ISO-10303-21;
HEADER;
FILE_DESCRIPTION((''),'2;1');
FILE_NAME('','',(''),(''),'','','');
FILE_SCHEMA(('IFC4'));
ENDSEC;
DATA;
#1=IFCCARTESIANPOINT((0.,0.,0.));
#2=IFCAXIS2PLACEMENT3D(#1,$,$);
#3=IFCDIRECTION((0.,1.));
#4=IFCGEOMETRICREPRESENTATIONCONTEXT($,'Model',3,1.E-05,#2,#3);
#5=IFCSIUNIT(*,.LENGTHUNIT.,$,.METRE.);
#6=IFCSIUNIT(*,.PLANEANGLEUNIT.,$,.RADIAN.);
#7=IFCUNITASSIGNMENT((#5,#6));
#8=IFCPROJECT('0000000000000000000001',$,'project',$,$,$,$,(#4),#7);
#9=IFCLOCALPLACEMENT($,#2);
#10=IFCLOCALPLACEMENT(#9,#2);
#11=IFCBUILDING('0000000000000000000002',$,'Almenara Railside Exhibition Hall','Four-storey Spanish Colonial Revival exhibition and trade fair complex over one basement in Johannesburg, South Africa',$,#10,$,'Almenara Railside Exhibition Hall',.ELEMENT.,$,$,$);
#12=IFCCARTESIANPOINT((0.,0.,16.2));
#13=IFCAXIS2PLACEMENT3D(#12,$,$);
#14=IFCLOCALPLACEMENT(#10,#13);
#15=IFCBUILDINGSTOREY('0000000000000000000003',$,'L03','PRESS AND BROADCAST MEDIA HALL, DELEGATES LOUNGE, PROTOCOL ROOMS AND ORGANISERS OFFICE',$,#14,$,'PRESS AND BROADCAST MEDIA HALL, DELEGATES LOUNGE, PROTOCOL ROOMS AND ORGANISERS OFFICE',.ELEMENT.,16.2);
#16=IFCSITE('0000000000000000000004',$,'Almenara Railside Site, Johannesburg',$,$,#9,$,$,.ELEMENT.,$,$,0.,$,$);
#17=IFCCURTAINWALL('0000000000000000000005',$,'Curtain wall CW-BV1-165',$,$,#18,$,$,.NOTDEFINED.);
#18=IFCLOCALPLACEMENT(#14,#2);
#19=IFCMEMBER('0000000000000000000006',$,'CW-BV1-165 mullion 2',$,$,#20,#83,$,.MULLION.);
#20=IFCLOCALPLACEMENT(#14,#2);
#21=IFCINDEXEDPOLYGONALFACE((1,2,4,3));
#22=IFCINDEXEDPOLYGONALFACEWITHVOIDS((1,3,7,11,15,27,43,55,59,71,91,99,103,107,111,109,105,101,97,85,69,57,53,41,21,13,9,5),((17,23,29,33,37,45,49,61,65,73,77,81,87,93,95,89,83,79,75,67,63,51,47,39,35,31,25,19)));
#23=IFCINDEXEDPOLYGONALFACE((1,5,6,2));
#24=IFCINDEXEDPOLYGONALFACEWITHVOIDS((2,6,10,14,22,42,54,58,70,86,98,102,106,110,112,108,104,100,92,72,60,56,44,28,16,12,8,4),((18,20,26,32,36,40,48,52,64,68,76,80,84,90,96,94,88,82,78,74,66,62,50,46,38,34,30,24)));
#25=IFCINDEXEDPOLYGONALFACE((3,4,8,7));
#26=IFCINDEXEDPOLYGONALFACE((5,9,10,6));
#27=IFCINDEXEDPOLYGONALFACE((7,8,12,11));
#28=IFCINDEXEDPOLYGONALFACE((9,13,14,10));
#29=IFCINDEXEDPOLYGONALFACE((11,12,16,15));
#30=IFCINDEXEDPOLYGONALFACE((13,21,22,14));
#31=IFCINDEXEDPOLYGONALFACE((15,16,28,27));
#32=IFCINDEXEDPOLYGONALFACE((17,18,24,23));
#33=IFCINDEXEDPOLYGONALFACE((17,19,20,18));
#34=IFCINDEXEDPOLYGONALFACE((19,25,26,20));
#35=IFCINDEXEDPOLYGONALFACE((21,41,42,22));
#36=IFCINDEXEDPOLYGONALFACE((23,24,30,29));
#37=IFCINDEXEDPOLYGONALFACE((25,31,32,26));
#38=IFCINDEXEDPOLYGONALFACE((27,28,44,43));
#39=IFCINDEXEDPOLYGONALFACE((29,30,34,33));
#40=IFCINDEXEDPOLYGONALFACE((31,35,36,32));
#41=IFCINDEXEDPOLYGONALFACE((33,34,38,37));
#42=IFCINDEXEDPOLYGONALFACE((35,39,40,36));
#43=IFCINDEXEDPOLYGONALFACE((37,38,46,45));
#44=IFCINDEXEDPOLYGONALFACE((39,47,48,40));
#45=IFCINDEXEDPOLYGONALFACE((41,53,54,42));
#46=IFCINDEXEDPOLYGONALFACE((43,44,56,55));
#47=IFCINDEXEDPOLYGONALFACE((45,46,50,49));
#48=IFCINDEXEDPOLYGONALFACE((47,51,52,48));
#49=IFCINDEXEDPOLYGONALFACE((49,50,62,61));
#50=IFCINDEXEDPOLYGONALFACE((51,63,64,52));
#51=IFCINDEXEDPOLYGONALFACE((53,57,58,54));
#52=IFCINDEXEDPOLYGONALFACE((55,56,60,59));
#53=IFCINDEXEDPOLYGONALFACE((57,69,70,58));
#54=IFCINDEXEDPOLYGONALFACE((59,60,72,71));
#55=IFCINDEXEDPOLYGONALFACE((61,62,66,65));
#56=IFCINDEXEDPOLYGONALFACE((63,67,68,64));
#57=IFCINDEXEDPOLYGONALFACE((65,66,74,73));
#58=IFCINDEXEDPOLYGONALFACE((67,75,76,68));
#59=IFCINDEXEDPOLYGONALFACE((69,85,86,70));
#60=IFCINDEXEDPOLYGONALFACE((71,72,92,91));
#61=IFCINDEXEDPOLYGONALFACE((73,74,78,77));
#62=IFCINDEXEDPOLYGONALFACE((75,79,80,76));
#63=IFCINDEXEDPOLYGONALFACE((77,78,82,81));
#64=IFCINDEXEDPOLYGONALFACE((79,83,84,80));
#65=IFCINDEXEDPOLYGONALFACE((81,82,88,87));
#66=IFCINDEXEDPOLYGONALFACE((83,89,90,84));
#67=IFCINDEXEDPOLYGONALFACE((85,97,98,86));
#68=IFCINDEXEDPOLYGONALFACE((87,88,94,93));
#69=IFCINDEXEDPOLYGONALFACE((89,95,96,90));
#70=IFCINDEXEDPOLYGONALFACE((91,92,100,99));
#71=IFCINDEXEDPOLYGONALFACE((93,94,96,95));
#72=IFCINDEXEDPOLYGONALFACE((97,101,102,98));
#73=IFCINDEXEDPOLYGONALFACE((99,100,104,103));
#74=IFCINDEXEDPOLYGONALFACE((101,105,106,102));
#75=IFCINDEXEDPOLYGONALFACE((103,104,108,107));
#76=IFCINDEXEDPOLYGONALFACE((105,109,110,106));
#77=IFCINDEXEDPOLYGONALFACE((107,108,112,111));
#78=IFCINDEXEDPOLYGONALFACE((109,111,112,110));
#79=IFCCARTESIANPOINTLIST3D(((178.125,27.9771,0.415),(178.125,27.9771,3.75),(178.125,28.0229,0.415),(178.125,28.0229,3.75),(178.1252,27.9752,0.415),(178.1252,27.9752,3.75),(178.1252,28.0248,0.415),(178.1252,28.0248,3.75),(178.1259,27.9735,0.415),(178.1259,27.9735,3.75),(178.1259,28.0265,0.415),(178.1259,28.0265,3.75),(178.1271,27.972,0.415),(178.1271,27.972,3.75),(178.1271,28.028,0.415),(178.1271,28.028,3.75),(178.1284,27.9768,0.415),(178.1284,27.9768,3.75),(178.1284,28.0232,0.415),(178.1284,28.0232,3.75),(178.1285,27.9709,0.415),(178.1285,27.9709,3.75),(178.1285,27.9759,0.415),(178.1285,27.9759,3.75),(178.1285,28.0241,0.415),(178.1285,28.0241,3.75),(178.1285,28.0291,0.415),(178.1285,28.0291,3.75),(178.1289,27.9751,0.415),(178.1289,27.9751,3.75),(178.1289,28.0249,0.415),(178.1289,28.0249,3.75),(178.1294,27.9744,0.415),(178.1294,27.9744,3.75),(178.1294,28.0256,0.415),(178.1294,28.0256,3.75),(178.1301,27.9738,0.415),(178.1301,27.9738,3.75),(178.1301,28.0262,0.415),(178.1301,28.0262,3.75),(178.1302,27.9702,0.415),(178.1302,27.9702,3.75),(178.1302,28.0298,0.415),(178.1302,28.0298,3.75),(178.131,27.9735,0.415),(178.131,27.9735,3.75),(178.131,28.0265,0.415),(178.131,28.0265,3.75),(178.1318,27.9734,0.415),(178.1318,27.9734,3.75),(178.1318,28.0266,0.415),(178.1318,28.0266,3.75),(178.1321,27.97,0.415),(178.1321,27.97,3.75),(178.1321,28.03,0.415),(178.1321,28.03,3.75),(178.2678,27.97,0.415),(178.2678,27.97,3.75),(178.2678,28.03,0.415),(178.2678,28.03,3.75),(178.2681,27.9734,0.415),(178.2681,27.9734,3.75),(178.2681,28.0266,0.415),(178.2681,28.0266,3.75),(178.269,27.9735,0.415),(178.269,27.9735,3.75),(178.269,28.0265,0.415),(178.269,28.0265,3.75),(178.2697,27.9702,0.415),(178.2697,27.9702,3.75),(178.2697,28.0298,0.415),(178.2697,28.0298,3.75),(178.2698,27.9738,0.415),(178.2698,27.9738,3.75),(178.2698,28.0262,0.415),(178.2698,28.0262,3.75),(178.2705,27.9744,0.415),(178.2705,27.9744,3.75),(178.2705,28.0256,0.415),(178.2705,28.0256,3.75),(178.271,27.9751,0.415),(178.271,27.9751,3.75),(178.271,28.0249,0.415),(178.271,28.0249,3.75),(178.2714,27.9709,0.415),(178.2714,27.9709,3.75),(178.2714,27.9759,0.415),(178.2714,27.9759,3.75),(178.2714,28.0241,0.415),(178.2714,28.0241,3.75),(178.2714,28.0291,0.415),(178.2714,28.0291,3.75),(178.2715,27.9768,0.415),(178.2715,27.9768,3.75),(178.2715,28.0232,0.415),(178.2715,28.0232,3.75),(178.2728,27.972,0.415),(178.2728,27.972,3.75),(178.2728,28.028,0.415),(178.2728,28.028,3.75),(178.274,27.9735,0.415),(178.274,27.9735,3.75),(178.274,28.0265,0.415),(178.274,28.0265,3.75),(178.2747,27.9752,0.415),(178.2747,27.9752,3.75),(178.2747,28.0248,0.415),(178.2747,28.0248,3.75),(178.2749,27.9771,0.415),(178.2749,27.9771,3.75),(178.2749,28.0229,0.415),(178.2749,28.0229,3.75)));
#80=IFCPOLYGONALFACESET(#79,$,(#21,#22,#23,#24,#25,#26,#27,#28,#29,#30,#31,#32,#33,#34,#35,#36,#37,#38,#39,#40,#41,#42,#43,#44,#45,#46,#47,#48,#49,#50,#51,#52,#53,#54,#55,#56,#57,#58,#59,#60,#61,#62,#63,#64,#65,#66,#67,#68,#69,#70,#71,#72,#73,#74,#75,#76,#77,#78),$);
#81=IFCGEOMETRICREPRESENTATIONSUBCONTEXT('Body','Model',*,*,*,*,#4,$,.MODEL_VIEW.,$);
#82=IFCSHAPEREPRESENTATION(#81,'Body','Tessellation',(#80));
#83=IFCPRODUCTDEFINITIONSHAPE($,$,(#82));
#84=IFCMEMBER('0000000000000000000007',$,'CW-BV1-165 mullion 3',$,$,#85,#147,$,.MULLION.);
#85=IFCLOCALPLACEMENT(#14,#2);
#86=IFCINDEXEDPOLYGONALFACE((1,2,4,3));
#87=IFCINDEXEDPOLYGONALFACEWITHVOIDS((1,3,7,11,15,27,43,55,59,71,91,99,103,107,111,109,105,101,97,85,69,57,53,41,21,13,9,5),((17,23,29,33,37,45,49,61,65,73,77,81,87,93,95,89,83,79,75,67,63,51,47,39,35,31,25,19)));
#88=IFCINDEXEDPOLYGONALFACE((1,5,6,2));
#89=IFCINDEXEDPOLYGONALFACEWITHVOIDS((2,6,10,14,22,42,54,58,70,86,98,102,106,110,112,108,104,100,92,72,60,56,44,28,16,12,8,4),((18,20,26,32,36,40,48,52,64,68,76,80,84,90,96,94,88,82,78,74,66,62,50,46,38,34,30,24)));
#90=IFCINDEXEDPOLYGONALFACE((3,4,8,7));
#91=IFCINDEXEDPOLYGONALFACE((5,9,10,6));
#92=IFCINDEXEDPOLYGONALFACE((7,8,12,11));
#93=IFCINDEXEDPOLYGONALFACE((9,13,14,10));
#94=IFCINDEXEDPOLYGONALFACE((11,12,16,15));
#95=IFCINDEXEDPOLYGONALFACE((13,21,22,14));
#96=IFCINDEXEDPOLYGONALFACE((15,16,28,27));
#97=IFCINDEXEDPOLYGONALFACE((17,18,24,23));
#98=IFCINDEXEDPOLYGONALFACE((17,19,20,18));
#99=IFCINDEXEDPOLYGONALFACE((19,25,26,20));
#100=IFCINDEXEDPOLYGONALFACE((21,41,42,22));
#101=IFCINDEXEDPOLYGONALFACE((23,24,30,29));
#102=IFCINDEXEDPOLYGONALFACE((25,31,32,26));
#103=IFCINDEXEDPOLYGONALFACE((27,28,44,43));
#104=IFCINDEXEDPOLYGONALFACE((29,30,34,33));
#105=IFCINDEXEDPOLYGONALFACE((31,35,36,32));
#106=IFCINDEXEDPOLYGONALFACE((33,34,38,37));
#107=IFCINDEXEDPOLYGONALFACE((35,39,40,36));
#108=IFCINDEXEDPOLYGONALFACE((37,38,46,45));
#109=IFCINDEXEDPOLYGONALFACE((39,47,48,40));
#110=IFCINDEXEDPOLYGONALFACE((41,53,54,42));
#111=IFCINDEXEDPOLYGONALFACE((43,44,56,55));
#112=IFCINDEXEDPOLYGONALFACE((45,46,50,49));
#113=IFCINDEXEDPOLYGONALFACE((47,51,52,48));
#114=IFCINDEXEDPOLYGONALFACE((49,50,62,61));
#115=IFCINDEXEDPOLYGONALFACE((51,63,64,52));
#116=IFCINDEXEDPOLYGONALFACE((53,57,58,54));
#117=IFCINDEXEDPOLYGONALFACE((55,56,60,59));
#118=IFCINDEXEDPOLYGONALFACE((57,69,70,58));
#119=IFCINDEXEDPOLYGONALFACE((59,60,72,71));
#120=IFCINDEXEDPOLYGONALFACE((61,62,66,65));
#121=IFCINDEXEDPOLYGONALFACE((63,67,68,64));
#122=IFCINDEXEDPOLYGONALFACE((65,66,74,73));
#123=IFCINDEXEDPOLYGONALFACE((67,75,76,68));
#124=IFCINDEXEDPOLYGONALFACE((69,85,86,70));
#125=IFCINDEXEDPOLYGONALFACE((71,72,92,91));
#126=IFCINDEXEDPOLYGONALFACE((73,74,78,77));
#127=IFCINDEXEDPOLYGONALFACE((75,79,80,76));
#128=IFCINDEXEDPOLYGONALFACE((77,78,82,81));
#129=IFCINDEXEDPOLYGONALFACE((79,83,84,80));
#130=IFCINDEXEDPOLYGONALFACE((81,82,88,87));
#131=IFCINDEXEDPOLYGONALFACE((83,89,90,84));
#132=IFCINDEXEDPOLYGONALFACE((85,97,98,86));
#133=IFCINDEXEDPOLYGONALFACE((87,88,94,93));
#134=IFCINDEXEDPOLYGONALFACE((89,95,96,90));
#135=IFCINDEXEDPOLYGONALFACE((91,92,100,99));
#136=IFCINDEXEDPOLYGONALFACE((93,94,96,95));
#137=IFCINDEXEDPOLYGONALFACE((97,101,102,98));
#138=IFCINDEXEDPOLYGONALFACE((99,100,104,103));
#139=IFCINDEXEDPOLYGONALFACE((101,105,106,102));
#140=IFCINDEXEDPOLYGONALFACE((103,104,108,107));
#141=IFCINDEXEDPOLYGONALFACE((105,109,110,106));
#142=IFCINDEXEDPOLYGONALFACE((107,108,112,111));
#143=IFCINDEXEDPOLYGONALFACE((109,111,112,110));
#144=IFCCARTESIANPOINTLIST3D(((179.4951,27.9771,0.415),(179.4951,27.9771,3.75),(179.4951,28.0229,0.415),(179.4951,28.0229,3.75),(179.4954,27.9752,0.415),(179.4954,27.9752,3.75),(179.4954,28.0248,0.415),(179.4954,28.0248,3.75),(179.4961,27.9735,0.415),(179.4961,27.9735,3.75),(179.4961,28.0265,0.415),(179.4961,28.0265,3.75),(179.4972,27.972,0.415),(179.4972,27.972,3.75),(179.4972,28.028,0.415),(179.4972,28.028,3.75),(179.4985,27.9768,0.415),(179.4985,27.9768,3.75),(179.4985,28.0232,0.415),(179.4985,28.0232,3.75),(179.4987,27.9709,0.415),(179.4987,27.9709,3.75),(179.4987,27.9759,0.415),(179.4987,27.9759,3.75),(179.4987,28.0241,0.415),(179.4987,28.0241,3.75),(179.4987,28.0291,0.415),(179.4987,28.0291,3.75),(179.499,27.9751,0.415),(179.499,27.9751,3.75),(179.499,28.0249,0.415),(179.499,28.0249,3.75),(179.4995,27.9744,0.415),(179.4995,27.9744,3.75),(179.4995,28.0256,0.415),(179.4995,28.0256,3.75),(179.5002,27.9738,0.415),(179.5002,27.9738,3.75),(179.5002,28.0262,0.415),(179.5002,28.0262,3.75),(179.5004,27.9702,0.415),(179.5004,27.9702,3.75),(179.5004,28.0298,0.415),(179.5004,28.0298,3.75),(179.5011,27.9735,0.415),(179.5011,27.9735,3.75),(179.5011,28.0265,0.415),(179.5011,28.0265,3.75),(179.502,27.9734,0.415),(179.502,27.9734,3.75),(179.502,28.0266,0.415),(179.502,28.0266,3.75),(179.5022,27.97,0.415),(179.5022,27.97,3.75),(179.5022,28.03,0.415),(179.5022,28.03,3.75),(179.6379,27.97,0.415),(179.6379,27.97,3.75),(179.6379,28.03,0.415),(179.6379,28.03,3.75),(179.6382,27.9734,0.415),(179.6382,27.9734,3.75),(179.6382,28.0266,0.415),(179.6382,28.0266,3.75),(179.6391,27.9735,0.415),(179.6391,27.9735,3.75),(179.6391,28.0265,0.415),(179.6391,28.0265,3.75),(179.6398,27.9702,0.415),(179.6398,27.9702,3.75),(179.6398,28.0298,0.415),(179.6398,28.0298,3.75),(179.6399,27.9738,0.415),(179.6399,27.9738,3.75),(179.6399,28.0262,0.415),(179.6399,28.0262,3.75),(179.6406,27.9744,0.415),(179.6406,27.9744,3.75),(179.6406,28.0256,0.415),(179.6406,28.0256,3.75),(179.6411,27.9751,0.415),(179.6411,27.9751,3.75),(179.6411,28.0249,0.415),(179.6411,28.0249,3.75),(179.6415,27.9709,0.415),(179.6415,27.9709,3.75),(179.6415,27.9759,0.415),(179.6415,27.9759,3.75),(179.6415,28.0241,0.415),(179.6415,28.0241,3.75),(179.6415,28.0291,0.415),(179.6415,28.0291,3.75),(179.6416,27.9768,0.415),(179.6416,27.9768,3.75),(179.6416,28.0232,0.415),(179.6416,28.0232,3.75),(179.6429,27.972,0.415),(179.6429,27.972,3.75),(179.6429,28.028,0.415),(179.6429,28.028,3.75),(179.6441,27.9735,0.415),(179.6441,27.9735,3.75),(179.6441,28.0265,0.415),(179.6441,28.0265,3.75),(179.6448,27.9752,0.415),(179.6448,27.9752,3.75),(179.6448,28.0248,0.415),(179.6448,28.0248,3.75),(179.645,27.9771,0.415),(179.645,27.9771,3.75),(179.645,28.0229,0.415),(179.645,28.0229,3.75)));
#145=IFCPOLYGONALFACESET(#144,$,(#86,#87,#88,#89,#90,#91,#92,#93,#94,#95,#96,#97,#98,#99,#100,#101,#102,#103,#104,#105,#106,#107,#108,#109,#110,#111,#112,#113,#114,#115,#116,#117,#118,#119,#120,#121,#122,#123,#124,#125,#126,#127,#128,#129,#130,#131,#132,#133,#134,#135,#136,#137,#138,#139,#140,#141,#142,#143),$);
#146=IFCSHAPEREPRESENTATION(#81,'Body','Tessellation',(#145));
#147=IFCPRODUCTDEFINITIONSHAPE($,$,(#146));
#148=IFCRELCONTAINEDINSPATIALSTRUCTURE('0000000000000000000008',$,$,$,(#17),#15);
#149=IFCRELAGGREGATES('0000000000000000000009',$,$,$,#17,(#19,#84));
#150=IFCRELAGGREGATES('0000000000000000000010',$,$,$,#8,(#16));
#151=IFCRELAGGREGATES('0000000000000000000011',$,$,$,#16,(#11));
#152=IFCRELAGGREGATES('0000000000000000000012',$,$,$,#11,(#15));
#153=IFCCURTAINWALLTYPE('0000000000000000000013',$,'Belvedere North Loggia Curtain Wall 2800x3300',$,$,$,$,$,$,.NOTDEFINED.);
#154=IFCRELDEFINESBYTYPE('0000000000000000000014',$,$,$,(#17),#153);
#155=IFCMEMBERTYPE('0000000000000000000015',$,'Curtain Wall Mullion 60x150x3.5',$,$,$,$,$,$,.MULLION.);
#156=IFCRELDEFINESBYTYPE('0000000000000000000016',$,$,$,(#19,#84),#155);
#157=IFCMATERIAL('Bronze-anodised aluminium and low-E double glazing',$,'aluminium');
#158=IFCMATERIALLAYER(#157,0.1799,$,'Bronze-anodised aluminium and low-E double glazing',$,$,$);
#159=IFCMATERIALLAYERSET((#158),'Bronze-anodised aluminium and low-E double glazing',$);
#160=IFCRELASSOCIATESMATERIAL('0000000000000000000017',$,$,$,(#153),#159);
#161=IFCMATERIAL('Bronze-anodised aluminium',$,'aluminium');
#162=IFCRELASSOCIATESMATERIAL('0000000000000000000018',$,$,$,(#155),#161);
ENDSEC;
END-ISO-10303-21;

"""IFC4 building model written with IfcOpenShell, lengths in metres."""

from ifc_helpers import new_model, si_unit, direction, frame, origin, origin_2d, place, context, subcontext, project, spatial, hollow_rectangle, extrude, material, layer, layer_set, material_profile, profile_set, type_object, element, aggregate, save


model = new_model("IFC4")

# Units and contexts
model_context = context("Model", 3, precision=1e-05, world=origin(), true_north=direction((0.0, 1.0)))
body_context = subcontext(model_context, "Body", "Model", "MODEL_VIEW")
ifc_project = project(units=[si_unit("LENGTHUNIT", "METRE"), si_unit("PLANEANGLEUNIT", "RADIAN")], contexts=[model_context])

# Site, building, storey
site_placement = place(None, origin())
site = spatial("IfcSite", under=ifc_project, at=site_placement, Name="Almenara Railside Site, Johannesburg", CompositionType="ELEMENT", RefElevation=0.0)
building_placement = place(site_placement, origin())
building = spatial("IfcBuilding", under=site, at=building_placement, Name="Almenara Railside Exhibition Hall", Description="Four-storey Spanish Colonial Revival exhibition and trade fair complex over one basement in Johannesburg, South Africa", LongName="Almenara Railside Exhibition Hall", CompositionType="ELEMENT")
storey_placement = place(building_placement, frame((0.0, 0.0, 16.2)))
storey = spatial("IfcBuildingStorey", under=building, at=storey_placement, Name="L03", Description="PRESS AND BROADCAST MEDIA HALL, DELEGATES LOUNGE, PROTOCOL ROOMS AND ORGANISERS OFFICE", LongName="PRESS AND BROADCAST MEDIA HALL, DELEGATES LOUNGE, PROTOCOL ROOMS AND ORGANISERS OFFICE", CompositionType="ELEMENT", Elevation=16.2)

# Shared definitions
ifc_material_1 = material(Name="Bronze-anodised aluminium and low-E double glazing", Category="aluminium")
ifc_layer_1 = layer(ifc_material_1, 0.1799, Name="Bronze-anodised aluminium and low-E double glazing")
ifc_layer_set_1 = layer_set([ifc_layer_1], Name="Bronze-anodised aluminium and low-E double glazing")
curtain_wall_type = type_object("IfcCurtainWallType", Name="Belvedere North Loggia Curtain Wall 2800x3300", PredefinedType="NOTDEFINED", material=ifc_layer_set_1)
ifc_material_2 = material(Name="Bronze-anodised aluminium", Category="aluminium")

# Curtain wall, members
curtain_wall_1_placement = place(storey_placement, origin())
curtain_wall_1 = element("IfcCurtainWall", 1, at=curtain_wall_1_placement, inside=storey, type_object=curtain_wall_type, Name="Curtain wall CW-BV1-165", PredefinedType="NOTDEFINED")
ifc_material_profile_1 = material_profile(ifc_material_2, hollow_rectangle(XDim=0.0601, YDim=0.1499, WallThickness=0.0034, InnerFilletRadius=0.0034, OuterFilletRadius=0.0071, at=origin_2d()), Name="ALU-MUL 60x150x3.5")
ifc_profile_set_1 = profile_set([ifc_material_profile_1], Name="Bronze-anodised aluminium")
member_type_1 = type_object("IfcMemberType", Name="Curtain Wall Mullion 60x150x3.5", PredefinedType="MULLION", material=ifc_profile_set_1)
member_1_placement = place(storey_placement, frame((178.2, 28.0, 0.415), z_axis=(0.0, 0.0, 1.0), x_axis=(0.0, 1.0, 0.0)))
member_1 = element("IfcMember", 2, at=member_1_placement, type_object=member_type_1, Name="CW-BV1-165 mullion 2", PredefinedType="MULLION", context=body_context, shape_type="SweptSolid", body=[
    extrude(hollow_rectangle(XDim=0.0601, YDim=0.1499, WallThickness=0.0034, InnerFilletRadius=0.0034, OuterFilletRadius=0.0071, at=origin_2d()), origin(), (0.0, 0.0, 1.0), 3.335),
])
member_2_placement = place(storey_placement, frame((179.5701, 28.0, 0.415), z_axis=(0.0, 0.0, 1.0), x_axis=(0.0, 1.0, 0.0)))
member_2 = element("IfcMember", 3, at=member_2_placement, type_object=member_type_1, Name="CW-BV1-165 mullion 3", PredefinedType="MULLION", context=body_context, shape_type="SweptSolid", body=[
    extrude(hollow_rectangle(XDim=0.0601, YDim=0.1499, WallThickness=0.0034, InnerFilletRadius=0.0034, OuterFilletRadius=0.0071, at=origin_2d()), origin(), (0.0, 0.0, 1.0), 3.335),
])

aggregate(curtain_wall_1, [member_1, member_2])

save(model, "model.ifc")
